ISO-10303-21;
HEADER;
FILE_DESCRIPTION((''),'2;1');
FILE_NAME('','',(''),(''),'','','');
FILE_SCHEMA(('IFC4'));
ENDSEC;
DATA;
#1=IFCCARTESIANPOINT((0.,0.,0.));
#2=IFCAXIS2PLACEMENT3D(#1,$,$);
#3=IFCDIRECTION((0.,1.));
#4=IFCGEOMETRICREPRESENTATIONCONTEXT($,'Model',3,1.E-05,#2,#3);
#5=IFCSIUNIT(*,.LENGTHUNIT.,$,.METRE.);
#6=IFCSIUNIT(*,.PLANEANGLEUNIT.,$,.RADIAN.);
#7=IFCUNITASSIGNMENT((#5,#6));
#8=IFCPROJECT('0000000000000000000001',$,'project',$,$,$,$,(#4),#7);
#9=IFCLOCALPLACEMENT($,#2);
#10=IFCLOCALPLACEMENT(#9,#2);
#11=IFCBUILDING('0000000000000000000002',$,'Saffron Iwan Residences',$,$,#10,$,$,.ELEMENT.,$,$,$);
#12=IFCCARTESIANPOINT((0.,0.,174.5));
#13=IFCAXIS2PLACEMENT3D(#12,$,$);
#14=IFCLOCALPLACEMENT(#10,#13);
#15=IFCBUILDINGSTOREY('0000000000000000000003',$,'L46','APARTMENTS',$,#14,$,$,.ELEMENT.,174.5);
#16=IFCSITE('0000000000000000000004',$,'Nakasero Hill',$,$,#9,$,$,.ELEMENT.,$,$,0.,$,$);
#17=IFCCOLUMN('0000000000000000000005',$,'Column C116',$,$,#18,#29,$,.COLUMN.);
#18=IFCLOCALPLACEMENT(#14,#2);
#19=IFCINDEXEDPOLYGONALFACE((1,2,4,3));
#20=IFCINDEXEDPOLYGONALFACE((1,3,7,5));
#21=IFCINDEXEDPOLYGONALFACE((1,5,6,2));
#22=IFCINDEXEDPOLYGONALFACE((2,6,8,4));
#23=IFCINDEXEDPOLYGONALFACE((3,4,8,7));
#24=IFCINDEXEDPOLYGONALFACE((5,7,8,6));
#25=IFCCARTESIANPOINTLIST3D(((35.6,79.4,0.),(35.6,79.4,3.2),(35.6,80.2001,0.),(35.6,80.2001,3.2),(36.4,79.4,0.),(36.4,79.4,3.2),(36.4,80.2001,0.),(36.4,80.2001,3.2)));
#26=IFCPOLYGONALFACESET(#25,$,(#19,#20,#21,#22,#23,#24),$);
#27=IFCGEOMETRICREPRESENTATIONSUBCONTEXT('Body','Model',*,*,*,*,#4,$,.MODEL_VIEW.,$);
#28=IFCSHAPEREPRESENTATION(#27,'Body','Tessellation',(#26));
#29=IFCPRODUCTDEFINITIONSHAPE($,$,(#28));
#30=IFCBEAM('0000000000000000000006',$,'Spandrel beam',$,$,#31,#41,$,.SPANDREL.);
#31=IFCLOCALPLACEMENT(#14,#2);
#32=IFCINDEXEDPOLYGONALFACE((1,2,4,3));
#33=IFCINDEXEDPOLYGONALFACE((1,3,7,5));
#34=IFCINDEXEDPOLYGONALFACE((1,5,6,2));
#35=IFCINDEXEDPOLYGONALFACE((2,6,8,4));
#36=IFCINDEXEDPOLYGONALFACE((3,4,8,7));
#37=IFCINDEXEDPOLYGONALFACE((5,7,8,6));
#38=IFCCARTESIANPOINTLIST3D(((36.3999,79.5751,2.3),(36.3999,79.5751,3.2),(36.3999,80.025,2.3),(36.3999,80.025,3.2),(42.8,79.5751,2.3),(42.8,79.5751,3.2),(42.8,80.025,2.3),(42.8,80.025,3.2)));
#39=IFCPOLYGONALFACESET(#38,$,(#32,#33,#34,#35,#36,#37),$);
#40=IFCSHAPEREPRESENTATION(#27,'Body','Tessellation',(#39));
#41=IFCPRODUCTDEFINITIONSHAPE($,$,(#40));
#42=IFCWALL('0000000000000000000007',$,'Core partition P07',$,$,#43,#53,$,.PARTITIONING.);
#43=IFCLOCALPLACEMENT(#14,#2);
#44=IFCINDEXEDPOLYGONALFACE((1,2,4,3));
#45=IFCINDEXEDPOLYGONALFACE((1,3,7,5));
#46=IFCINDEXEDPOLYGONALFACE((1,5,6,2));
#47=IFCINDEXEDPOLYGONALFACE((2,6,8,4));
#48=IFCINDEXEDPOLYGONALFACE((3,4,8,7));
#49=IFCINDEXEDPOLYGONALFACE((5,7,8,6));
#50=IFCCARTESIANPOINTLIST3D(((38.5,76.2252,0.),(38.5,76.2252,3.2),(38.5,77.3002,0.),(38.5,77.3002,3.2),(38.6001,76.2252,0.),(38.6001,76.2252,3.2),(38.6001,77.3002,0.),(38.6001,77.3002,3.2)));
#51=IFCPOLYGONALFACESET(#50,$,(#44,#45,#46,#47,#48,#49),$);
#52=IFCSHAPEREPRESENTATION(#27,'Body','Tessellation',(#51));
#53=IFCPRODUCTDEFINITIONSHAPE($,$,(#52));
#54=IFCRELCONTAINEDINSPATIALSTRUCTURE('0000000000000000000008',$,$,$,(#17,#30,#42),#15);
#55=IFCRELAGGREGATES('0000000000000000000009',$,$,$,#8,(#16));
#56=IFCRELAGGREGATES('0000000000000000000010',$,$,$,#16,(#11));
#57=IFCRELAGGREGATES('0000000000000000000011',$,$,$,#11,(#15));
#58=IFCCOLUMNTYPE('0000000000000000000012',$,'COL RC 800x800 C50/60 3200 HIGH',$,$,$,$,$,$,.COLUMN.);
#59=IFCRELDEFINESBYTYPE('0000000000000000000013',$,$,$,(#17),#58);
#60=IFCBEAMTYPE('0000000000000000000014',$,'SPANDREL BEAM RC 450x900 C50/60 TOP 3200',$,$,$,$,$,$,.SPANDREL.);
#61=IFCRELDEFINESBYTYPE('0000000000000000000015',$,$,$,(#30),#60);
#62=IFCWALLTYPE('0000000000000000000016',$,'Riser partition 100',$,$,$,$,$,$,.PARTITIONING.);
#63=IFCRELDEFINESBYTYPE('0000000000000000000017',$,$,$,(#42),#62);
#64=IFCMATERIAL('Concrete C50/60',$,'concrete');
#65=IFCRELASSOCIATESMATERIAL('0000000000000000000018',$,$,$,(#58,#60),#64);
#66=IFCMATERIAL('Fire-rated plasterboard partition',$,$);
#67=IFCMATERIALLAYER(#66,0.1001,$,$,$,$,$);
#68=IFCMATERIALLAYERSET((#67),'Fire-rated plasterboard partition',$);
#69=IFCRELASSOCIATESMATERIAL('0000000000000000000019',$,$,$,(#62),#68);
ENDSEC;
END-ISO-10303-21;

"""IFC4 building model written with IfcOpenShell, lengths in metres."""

from ifc_helpers import new_model, si_unit, direction, frame, frame_2d, origin, origin_2d, place, context, subcontext, project, spatial, rectangle, extrude, source, transform, mapped, material, layer, layer_set, material_profile, profile_set, type_object, element, save


model = new_model("IFC4")

# Units and contexts
model_context = context("Model", 3, precision=1e-05, world=origin(), true_north=direction((0.0, 1.0)))
body_context = subcontext(model_context, "Body", "Model", "MODEL_VIEW")
ifc_project = project(units=[si_unit("LENGTHUNIT", "METRE"), si_unit("PLANEANGLEUNIT", "RADIAN")], contexts=[model_context])

# Site, building, storey
site_placement = place(None, origin())
site = spatial("IfcSite", under=ifc_project, at=site_placement, Name="Nakasero Hill", CompositionType="ELEMENT", RefElevation=0.0)
building_placement = place(site_placement, origin())
building = spatial("IfcBuilding", under=site, at=building_placement, Name="Saffron Iwan Residences", CompositionType="ELEMENT")
storey_placement = place(building_placement, frame((0.0, 0.0, 174.5)))
storey = spatial("IfcBuildingStorey", under=building, at=storey_placement, Name="L46", Description="APARTMENTS", CompositionType="ELEMENT", Elevation=174.5)

# Column
ifc_material_1 = material(Name="Concrete C50/60", Category="concrete")
ifc_material_profile_1 = material_profile(ifc_material_1, rectangle(XDim=0.8, YDim=0.8, at=origin_2d()), Name="RC 800x800")
ifc_profile_set_1 = profile_set([ifc_material_profile_1], Name="Concrete C50/60")
column_type = type_object("IfcColumnType", Name="COL RC 800x800 C50/60 3200 HIGH", PredefinedType="COLUMN", material=ifc_profile_set_1)
shared_shape_1 = source(origin(), body_context, "Body", "SweptSolid", [
    extrude(rectangle(XDim=0.8, YDim=0.8, at=origin_2d()), origin(), (0.0, 0.0, 1.0), 3.2),
])
column_placement = place(storey_placement, frame((36.0, 79.8, 0.0), z_axis=(0.0, 0.0, 1.0), x_axis=(1.0, 0.0, 0.0)))
element("IfcColumn", 1, at=column_placement, inside=storey, type_object=column_type, Name="Column C116", PredefinedType="COLUMN", context=body_context, shape_type="MappedRepresentation", body=[
    mapped(shared_shape_1, transform((0.0, 0.0, 0.0))),
])

# Beam
ifc_material_profile_2 = material_profile(ifc_material_1, rectangle(XDim=0.45, YDim=0.8999, at=origin_2d()), Name="RC 450x900")
ifc_profile_set_2 = profile_set([ifc_material_profile_2], Name="Concrete C50/60")
beam_type = type_object("IfcBeamType", Name="SPANDREL BEAM RC 450x900 C50/60 TOP 3200", PredefinedType="SPANDREL", material=ifc_profile_set_2)
shared_shape_2 = source(origin(), body_context, "Body", "SweptSolid", [
    extrude(rectangle(XDim=0.45, YDim=0.8999, at=origin_2d()), origin(), (0.0, 0.0, 1.0), 6.4001),
])
beam_placement = place(storey_placement, frame((36.3999, 79.8, 2.75), z_axis=(1.0, 0.0, 0.0), x_axis=(0.0, 1.0, 0.0)))
element("IfcBeam", 2, at=beam_placement, inside=storey, type_object=beam_type, Name="Spandrel beam", PredefinedType="SPANDREL", context=body_context, shape_type="MappedRepresentation", body=[
    mapped(shared_shape_2, transform((0.0, 0.0, 0.0))),
])

# Wall
ifc_material_2 = material(Name="Fire-rated plasterboard partition")
ifc_layer_1 = layer(ifc_material_2, 0.1001)
ifc_layer_set_1 = layer_set([ifc_layer_1], Name="Fire-rated plasterboard partition")
wall_type_1 = type_object("IfcWallType", Name="Riser partition 100", PredefinedType="PARTITIONING", material=ifc_layer_set_1)
wall_1_placement = place(storey_placement, frame((38.55, 76.2251, 0.0), z_axis=(0.0, 0.0, 1.0), x_axis=(0.0, 1.0, 0.0)))
element("IfcWall", 3, at=wall_1_placement, inside=storey, type_object=wall_type_1, Name="Core partition P07", PredefinedType="PARTITIONING", context=body_context, shape_type="SweptSolid", body=[
    extrude(rectangle(XDim=1.075, YDim=0.1001, at=frame_2d((0.5376, 0.0))), origin(), (0.0, 0.0, 1.0), 3.2),
])

save(model, "model.ifc")
